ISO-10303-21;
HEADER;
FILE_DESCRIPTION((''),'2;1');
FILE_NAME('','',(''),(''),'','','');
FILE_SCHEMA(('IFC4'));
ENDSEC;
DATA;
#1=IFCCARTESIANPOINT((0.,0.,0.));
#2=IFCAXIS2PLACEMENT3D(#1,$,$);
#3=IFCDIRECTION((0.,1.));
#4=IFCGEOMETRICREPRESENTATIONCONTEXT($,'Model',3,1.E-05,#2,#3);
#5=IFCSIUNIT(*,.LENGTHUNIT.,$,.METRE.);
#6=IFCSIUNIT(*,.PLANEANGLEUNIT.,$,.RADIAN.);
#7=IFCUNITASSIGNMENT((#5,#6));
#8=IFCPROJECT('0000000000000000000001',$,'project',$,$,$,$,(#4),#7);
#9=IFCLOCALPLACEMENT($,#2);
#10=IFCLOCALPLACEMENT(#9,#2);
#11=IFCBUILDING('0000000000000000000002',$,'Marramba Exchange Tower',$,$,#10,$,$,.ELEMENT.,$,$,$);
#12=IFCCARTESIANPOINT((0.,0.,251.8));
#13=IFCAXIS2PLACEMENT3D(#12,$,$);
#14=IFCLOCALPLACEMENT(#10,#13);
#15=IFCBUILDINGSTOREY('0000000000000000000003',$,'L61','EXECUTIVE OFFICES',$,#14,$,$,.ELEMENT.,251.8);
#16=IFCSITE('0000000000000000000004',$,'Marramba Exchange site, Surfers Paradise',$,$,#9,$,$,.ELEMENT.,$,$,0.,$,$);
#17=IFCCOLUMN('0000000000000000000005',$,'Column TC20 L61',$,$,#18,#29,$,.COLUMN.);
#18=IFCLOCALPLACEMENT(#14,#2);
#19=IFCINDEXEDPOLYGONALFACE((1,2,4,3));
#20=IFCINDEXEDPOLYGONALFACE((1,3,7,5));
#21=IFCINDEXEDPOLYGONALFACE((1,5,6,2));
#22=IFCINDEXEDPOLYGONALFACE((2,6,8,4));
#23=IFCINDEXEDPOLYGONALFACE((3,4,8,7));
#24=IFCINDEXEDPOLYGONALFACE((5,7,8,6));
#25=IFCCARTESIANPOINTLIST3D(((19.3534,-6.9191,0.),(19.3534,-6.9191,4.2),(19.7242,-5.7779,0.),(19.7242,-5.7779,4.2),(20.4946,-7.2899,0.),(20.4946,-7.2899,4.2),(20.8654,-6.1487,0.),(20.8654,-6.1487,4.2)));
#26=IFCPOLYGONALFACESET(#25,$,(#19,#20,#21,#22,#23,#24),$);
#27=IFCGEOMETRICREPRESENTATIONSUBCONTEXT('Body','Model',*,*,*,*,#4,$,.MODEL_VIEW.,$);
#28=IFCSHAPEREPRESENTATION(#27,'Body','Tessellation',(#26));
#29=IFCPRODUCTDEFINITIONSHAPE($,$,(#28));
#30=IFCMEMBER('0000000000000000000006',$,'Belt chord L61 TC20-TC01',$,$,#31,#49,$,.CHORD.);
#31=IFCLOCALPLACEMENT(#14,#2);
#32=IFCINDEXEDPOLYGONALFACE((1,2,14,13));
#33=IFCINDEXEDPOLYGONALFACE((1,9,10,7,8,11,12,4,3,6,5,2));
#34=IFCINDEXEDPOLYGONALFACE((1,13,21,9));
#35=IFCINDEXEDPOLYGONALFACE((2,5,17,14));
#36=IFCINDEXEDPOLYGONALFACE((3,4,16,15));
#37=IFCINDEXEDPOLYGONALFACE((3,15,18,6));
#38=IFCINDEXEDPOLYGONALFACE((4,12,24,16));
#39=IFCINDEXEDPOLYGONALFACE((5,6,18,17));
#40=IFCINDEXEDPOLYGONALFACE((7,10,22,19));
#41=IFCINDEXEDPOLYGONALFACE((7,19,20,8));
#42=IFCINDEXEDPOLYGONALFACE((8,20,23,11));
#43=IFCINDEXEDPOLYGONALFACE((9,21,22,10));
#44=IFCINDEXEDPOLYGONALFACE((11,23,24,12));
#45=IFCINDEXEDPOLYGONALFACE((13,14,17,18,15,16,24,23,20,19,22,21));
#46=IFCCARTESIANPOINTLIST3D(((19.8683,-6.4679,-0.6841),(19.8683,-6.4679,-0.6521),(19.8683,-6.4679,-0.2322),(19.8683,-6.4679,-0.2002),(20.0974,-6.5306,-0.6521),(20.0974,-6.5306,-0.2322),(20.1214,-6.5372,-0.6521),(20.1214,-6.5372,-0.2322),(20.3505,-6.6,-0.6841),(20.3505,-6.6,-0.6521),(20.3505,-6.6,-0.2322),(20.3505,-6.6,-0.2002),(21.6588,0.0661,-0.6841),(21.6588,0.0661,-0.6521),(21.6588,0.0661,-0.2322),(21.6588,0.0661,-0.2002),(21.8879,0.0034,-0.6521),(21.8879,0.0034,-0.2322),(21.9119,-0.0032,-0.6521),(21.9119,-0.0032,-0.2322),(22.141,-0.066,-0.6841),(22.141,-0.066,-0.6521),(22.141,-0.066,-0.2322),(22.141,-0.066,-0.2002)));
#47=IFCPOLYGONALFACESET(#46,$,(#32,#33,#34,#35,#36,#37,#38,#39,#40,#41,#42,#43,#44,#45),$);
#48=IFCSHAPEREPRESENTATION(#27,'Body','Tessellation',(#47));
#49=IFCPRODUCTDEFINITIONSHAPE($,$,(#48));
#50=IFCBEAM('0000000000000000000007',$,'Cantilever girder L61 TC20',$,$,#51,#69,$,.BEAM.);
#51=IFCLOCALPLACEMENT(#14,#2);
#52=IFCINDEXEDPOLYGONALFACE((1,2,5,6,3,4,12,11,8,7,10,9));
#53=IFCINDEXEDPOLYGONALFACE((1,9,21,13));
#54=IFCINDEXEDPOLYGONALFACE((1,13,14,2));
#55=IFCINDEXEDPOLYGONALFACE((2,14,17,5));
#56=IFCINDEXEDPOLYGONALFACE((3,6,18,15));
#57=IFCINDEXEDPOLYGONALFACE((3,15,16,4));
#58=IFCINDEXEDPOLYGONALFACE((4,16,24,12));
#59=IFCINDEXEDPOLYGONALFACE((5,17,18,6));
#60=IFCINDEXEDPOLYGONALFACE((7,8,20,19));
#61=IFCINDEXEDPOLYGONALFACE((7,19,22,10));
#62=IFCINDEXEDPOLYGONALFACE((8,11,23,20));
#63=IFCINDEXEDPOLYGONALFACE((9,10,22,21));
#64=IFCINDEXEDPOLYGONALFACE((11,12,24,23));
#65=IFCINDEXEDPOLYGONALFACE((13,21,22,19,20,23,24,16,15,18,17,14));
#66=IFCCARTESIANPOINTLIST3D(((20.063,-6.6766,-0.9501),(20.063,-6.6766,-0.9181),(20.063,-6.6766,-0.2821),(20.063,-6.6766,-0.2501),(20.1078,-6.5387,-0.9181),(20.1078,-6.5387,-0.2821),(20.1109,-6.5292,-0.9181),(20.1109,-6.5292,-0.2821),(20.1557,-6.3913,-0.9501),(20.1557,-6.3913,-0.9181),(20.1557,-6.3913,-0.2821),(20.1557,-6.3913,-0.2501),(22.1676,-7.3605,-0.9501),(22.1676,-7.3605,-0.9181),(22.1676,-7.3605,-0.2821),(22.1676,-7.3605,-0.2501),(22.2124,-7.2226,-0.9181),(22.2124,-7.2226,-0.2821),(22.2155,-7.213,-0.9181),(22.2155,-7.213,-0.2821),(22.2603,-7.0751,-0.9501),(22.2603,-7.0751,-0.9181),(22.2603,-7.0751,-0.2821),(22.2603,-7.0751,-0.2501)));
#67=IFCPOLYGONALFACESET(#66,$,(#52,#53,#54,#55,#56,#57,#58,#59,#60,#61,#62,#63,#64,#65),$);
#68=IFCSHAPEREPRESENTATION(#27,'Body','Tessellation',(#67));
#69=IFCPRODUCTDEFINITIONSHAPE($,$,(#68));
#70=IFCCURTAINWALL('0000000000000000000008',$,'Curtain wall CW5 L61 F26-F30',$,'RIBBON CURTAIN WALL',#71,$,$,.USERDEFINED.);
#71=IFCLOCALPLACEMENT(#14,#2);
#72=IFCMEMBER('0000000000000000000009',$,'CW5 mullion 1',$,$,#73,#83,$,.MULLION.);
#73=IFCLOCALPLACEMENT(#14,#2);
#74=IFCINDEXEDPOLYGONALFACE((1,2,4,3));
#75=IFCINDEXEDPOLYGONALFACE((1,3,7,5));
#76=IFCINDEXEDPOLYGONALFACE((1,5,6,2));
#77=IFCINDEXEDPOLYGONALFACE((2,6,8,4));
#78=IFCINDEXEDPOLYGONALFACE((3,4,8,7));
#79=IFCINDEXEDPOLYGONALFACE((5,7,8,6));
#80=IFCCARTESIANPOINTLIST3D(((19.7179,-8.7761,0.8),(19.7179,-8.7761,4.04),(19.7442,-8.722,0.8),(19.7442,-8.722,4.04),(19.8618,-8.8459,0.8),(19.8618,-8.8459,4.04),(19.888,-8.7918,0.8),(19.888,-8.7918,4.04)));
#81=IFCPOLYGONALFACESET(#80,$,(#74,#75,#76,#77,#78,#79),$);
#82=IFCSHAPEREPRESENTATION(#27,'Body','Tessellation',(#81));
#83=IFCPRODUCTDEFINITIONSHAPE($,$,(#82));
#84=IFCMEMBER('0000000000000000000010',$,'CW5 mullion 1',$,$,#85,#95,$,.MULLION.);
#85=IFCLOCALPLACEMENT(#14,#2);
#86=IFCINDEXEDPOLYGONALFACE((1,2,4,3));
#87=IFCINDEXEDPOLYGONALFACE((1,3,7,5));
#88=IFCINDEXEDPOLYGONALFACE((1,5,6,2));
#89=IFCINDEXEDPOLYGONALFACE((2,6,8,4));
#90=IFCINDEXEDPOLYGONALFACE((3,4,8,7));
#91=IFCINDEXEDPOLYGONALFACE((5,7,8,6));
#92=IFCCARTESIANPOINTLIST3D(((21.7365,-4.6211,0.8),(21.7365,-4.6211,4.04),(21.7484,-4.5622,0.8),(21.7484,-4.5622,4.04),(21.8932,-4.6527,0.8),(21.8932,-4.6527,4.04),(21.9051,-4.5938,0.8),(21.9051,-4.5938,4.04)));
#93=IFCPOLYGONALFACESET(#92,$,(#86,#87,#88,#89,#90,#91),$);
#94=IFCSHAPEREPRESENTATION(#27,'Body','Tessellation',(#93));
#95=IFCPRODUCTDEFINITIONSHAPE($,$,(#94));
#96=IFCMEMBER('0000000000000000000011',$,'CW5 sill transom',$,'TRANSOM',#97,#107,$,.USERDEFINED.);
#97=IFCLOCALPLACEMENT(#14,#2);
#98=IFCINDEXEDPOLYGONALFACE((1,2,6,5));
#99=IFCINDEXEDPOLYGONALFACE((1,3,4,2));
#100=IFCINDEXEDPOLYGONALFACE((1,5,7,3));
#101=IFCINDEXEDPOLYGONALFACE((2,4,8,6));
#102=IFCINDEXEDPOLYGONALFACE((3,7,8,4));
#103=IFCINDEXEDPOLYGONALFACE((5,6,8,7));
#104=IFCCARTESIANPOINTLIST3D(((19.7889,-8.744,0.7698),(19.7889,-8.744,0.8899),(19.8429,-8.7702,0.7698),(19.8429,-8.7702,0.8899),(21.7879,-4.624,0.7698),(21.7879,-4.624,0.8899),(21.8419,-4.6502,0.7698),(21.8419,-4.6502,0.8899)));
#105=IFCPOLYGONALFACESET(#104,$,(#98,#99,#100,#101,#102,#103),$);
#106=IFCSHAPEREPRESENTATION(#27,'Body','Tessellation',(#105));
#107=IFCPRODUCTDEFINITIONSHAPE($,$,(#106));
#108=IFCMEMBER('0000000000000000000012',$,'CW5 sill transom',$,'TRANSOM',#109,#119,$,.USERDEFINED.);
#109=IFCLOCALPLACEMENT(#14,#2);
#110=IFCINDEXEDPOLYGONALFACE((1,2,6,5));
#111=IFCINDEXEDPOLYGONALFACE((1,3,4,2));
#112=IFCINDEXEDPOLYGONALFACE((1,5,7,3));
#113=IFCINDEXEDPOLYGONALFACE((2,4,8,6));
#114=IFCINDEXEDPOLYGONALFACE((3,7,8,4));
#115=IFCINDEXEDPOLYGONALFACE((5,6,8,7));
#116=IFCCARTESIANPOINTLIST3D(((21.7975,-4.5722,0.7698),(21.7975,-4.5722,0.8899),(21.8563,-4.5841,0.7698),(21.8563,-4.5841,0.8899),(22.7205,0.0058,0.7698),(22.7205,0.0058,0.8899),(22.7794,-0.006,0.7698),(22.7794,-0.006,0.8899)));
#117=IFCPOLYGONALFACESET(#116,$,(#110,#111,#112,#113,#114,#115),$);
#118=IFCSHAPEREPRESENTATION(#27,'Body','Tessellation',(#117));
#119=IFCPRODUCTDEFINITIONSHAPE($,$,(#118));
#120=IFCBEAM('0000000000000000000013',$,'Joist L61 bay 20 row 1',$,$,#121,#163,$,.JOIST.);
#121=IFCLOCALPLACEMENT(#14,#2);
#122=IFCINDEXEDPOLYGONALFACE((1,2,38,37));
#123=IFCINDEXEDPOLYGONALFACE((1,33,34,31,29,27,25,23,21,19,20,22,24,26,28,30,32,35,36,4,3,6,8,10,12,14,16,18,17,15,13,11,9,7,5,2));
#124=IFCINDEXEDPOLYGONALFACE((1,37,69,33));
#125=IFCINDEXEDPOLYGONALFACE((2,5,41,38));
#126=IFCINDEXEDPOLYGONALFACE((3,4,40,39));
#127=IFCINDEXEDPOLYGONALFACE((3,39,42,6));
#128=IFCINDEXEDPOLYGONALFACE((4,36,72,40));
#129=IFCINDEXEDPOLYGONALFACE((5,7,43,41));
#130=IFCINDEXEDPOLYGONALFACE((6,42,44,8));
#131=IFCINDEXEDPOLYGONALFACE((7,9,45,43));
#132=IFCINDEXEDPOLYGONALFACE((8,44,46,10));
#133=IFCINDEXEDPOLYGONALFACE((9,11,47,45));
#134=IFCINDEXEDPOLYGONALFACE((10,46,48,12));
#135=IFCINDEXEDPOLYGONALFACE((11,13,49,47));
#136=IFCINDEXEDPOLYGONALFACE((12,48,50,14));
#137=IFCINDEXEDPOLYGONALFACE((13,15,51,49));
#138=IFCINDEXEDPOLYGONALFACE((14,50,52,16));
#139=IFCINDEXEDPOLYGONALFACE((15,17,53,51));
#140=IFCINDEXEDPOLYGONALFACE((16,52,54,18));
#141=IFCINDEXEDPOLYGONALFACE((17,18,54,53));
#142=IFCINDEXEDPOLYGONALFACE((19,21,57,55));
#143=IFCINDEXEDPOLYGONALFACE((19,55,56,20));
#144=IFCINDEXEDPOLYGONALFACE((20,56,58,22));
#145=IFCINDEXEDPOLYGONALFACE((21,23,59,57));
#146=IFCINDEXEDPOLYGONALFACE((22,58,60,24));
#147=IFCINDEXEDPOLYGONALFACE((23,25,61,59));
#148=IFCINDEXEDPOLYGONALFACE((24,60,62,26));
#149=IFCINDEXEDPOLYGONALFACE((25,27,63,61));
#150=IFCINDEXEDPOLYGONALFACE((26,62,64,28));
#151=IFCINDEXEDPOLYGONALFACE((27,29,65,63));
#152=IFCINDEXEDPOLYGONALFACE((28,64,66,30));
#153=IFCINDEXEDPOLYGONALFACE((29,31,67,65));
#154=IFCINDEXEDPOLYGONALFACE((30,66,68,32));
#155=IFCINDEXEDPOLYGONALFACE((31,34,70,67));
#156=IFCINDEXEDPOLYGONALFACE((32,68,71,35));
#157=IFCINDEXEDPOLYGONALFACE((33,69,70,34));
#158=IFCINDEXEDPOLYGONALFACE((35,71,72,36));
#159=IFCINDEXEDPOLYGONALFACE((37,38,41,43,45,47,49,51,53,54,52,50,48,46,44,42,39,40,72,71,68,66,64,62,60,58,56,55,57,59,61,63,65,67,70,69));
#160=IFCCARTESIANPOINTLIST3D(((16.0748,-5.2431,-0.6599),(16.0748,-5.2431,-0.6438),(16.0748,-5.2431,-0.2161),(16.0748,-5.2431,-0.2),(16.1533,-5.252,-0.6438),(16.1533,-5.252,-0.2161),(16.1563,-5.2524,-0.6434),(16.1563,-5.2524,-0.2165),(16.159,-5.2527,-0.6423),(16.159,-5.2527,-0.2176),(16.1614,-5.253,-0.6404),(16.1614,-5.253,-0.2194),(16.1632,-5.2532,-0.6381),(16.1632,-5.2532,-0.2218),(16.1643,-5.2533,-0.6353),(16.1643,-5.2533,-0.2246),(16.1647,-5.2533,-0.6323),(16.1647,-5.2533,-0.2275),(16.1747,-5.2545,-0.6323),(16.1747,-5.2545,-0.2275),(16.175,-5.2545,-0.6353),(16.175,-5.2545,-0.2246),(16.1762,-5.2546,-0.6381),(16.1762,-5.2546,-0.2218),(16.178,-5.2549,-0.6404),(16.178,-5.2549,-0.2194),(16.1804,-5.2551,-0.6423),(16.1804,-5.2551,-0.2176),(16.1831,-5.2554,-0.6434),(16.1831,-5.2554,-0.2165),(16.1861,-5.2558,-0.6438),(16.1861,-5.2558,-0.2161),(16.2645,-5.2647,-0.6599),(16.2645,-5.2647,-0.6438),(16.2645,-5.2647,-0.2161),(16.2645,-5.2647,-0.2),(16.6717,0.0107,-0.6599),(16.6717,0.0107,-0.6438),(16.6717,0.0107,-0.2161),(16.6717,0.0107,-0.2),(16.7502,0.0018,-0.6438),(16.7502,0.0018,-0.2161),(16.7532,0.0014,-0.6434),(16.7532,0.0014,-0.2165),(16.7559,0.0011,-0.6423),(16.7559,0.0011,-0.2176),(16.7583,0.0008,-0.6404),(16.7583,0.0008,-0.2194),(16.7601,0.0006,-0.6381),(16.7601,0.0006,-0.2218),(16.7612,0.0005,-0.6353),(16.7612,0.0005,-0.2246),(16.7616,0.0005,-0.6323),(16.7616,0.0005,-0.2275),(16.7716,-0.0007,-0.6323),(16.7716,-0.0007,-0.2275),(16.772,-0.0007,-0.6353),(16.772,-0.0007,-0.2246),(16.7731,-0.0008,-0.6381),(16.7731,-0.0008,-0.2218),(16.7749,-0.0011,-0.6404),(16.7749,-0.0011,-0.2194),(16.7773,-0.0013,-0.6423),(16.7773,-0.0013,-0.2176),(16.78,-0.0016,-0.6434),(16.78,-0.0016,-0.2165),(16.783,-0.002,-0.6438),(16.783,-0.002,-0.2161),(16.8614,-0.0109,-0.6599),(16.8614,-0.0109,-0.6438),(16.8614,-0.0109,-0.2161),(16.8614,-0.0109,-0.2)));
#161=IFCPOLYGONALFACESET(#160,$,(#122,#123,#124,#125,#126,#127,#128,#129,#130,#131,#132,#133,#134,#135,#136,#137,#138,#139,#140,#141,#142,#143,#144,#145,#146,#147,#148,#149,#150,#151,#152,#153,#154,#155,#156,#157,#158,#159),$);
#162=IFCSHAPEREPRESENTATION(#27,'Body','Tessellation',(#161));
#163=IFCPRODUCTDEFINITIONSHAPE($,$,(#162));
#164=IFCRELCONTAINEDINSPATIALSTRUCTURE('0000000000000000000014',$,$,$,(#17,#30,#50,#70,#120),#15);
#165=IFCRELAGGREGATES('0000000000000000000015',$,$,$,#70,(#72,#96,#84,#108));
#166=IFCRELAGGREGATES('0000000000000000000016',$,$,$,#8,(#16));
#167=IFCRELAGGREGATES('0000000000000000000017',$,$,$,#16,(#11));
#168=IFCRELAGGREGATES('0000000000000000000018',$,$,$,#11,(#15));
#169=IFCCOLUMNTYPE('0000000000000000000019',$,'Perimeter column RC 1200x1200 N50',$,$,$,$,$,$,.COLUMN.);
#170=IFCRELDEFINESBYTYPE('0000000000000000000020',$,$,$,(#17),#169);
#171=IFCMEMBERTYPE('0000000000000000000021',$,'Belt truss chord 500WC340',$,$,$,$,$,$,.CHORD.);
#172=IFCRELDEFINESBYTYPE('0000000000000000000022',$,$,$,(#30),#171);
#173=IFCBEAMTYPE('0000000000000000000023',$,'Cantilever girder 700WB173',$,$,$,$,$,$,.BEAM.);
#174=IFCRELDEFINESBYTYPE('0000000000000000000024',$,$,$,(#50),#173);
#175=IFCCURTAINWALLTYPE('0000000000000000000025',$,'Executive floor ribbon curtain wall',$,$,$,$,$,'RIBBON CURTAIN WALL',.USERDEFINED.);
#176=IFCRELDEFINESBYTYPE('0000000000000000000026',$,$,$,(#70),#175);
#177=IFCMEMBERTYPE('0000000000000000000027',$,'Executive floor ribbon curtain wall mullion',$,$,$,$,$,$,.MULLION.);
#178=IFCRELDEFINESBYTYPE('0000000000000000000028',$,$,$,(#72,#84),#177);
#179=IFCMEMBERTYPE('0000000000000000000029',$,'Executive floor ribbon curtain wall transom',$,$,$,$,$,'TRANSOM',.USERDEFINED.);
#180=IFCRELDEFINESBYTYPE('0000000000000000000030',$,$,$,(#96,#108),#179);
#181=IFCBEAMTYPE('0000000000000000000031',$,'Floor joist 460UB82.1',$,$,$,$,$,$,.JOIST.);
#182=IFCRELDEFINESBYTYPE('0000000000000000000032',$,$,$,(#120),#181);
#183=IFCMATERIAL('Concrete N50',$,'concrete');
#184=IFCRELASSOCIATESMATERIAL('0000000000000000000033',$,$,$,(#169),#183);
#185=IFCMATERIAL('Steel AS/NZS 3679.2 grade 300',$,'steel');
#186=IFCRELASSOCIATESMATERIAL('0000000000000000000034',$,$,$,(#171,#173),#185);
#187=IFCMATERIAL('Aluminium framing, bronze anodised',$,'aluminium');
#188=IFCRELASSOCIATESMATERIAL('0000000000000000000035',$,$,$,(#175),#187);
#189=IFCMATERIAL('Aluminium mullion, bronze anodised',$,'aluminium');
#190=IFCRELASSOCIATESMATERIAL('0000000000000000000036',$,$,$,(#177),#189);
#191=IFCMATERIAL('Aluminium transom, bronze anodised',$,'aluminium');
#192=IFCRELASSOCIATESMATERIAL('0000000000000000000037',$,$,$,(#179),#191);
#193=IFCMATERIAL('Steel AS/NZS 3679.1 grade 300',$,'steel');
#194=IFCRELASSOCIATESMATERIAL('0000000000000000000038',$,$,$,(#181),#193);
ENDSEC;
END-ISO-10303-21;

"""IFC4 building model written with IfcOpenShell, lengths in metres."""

from ifc_helpers import new_model, si_unit, direction, frame, origin, origin_2d, place, context, subcontext, project, spatial, rectangle, i_section, extrude, material, material_profile, profile_set, type_object, element, aggregate, save


model = new_model("IFC4")

# Units and contexts
model_context = context("Model", 3, precision=1e-05, world=origin(), true_north=direction((0.0, 1.0)))
body_context = subcontext(model_context, "Body", "Model", "MODEL_VIEW")
ifc_project = project(units=[si_unit("LENGTHUNIT", "METRE"), si_unit("PLANEANGLEUNIT", "RADIAN")], contexts=[model_context])

# Site, building, storey
site_placement = place(None, origin())
site = spatial("IfcSite", under=ifc_project, at=site_placement, Name="Marramba Exchange site, Surfers Paradise", CompositionType="ELEMENT", RefElevation=0.0)
building_placement = place(site_placement, origin())
building = spatial("IfcBuilding", under=site, at=building_placement, Name="Marramba Exchange Tower", CompositionType="ELEMENT")
storey_placement = place(building_placement, frame((0.0, 0.0, 251.8)))
storey = spatial("IfcBuildingStorey", under=building, at=storey_placement, Name="L61", Description="EXECUTIVE OFFICES", CompositionType="ELEMENT", Elevation=251.8)

# Column
ifc_material_1 = material(Name="Concrete N50", Category="concrete")
ifc_material_profile_1 = material_profile(ifc_material_1, rectangle(XDim=1.2, YDim=1.2, at=origin_2d()), Name="RC 1200x1200")
ifc_profile_set_1 = profile_set([ifc_material_profile_1], Name="Concrete N50")
column_type = type_object("IfcColumnType", Name="Perimeter column RC 1200x1200 N50", PredefinedType="COLUMN", material=ifc_profile_set_1)
column_placement = place(storey_placement, frame((20.1094, -6.5339, 0.0), z_axis=(0.0, 0.0, 1.0), x_axis=(0.951057, -0.309017, 0.0)))
element("IfcColumn", 1, at=column_placement, inside=storey, type_object=column_type, Name="Column TC20 L61", PredefinedType="COLUMN", context=body_context, shape_type="SweptSolid", body=[
    extrude(rectangle(XDim=1.2, YDim=1.2, at=origin_2d()), origin(), (0.0, 0.0, 1.0), 4.2),
])

# Member
ifc_material_2 = material(Name="Steel AS/NZS 3679.2 grade 300", Category="steel")
ifc_material_profile_2 = material_profile(ifc_material_2, i_section(OverallWidth=0.5, OverallDepth=0.4839, WebThickness=0.0249, FlangeThickness=0.032, at=origin_2d()), Name="500WC340")
ifc_profile_set_2 = profile_set([ifc_material_profile_2], Name="Steel AS/NZS 3679.2 grade 300")
member_type_1 = type_object("IfcMemberType", Name="Belt truss chord 500WC340", PredefinedType="CHORD", material=ifc_profile_set_2)
member_1_placement = place(storey_placement, frame((20.1094, -6.5339, -0.4421), z_axis=(0.264291, 0.964443, 0.0), x_axis=(-0.964443, 0.264291, 0.0)))
element("IfcMember", 2, at=member_1_placement, inside=storey, type_object=member_type_1, Name="Belt chord L61 TC20-TC01", PredefinedType="CHORD", context=body_context, shape_type="SweptSolid", body=[
    extrude(i_section(OverallWidth=0.5, OverallDepth=0.4839, WebThickness=0.0249, FlangeThickness=0.032, at=origin_2d()), origin(), (0.0, 0.0, 1.0), 6.7749),
])

# Beam
ifc_material_profile_3 = material_profile(ifc_material_2, i_section(OverallWidth=0.3, OverallDepth=0.7, WebThickness=0.01, FlangeThickness=0.032, at=origin_2d()), Name="700WB173")
ifc_profile_set_3 = profile_set([ifc_material_profile_3], Name="Steel AS/NZS 3679.2 grade 300")
beam_type_1 = type_object("IfcBeamType", Name="Cantilever girder 700WB173", PredefinedType="BEAM", material=ifc_profile_set_3)
beam_1_placement = place(storey_placement, frame((20.1094, -6.5339, -0.6001), z_axis=(0.95105, -0.309036, 0.0), x_axis=(0.309036, 0.95105, 0.0)))
element("IfcBeam", 3, at=beam_1_placement, inside=storey, type_object=beam_type_1, Name="Cantilever girder L61 TC20", PredefinedType="BEAM", context=body_context, shape_type="SweptSolid", body=[
    extrude(i_section(OverallWidth=0.3, OverallDepth=0.7, WebThickness=0.01, FlangeThickness=0.032, at=origin_2d()), origin(), (0.0, 0.0, 1.0), 2.2129),
])

# Curtain wall, members
ifc_material_3 = material(Name="Aluminium framing, bronze anodised", Category="aluminium")
curtain_wall_type = type_object("IfcCurtainWallType", Name="Executive floor ribbon curtain wall", ElementType="RIBBON CURTAIN WALL", PredefinedType="USERDEFINED", material=ifc_material_3)
curtain_wall_placement = place(storey_placement, origin())
curtain_wall = element("IfcCurtainWall", 4, at=curtain_wall_placement, inside=storey, type_object=curtain_wall_type, Name="Curtain wall CW5 L61 F26-F30", ObjectType="RIBBON CURTAIN WALL", PredefinedType="USERDEFINED")
ifc_material_4 = material(Name="Aluminium mullion, bronze anodised", Category="aluminium")
ifc_material_profile_4 = material_profile(ifc_material_4, rectangle(XDim=0.1599, YDim=0.0601, at=origin_2d()), Name="CW5 mullion 60x160")
ifc_profile_set_4 = profile_set([ifc_material_profile_4], Name="Aluminium mullion, bronze anodised")
member_type_2 = type_object("IfcMemberType", Name="Executive floor ribbon curtain wall mullion", PredefinedType="MULLION", material=ifc_profile_set_4)
member_2_placement = place(storey_placement, frame((19.803, -8.7839, 0.8), z_axis=(0.0, 0.0, 1.0), x_axis=(-0.899697, 0.436515, 0.0)))
member_2 = element("IfcMember", 5, at=member_2_placement, type_object=member_type_2, Name="CW5 mullion 1", PredefinedType="MULLION", context=body_context, shape_type="SweptSolid", body=[
    extrude(rectangle(XDim=0.1599, YDim=0.0601, at=origin_2d()), origin(), (0.0, 0.0, 1.0), 3.24),
])
member_3_placement = place(storey_placement, frame((21.8208, -4.6074, 0.8), z_axis=(0.0, 0.0, 1.0), x_axis=(-0.980269, 0.197671, 0.0)))
member_3 = element("IfcMember", 6, at=member_3_placement, type_object=member_type_2, Name="CW5 mullion 1", PredefinedType="MULLION", context=body_context, shape_type="SweptSolid", body=[
    extrude(rectangle(XDim=0.1599, YDim=0.0601, at=origin_2d()), origin(), (0.0, 0.0, 1.0), 3.24),
])
ifc_material_5 = material(Name="Aluminium transom, bronze anodised", Category="aluminium")
ifc_material_profile_5 = material_profile(ifc_material_5, rectangle(XDim=0.0601, YDim=0.1201, at=origin_2d()), Name="CW5 transom 60x120")
ifc_profile_set_5 = profile_set([ifc_material_profile_5], Name="Aluminium transom, bronze anodised")
member_type_3 = type_object("IfcMemberType", Name="Executive floor ribbon curtain wall transom", ElementType="TRANSOM", PredefinedType="USERDEFINED", material=ifc_profile_set_5)
member_4_placement = place(storey_placement, frame((19.8159, -8.7571, 0.8298), z_axis=(0.436519, 0.899695, 0.0), x_axis=(-0.899695, 0.436519, 0.0)))
member_4 = element("IfcMember", 7, at=member_4_placement, type_object=member_type_3, Name="CW5 sill transom", ObjectType="TRANSOM", PredefinedType="USERDEFINED", context=body_context, shape_type="SweptSolid", body=[
    extrude(rectangle(XDim=0.0601, YDim=0.1201, at=origin_2d()), origin(), (0.0, 0.0, 1.0), 4.5793),
])
member_5_placement = place(storey_placement, frame((21.8269, -4.5781, 0.8298), z_axis=(0.197654, 0.980272, 0.0), x_axis=(-0.980272, 0.197654, 0.0)))
member_5 = element("IfcMember", 8, at=member_5_placement, type_object=member_type_3, Name="CW5 sill transom", ObjectType="TRANSOM", PredefinedType="USERDEFINED", context=body_context, shape_type="SweptSolid", body=[
    extrude(rectangle(XDim=0.0601, YDim=0.1201, at=origin_2d()), origin(), (0.0, 0.0, 1.0), 4.6702),
])

# Beam
ifc_material_6 = material(Name="Steel AS/NZS 3679.1 grade 300", Category="steel")
ifc_material_profile_6 = material_profile(ifc_material_6, i_section(OverallWidth=0.1909, OverallDepth=0.46, WebThickness=0.01, FlangeThickness=0.0161, FilletRadius=0.0115, at=origin_2d()), Name="460UB82.1")
ifc_profile_set_6 = profile_set([ifc_material_profile_6], Name="Steel AS/NZS 3679.1 grade 300")
beam_type_2 = type_object("IfcBeamType", Name="Floor joist 460UB82.1", PredefinedType="JOIST", material=ifc_profile_set_6)
beam_2_placement = place(storey_placement, frame((16.1697, -5.2539, -0.4299), z_axis=(0.112889, 0.993608, 0.0), x_axis=(-0.993608, 0.112889, 0.0)))
element("IfcBeam", 9, at=beam_2_placement, inside=storey, type_object=beam_type_2, Name="Joist L61 bay 20 row 1", PredefinedType="JOIST", context=body_context, shape_type="SweptSolid", body=[
    extrude(i_section(OverallWidth=0.1909, OverallDepth=0.46, WebThickness=0.01, FlangeThickness=0.0161, FilletRadius=0.0115, at=origin_2d()), origin(), (0.0, 0.0, 1.0), 5.2876),
])

aggregate(curtain_wall, [member_2, member_4, member_3, member_5])

save(model, "model.ifc")
